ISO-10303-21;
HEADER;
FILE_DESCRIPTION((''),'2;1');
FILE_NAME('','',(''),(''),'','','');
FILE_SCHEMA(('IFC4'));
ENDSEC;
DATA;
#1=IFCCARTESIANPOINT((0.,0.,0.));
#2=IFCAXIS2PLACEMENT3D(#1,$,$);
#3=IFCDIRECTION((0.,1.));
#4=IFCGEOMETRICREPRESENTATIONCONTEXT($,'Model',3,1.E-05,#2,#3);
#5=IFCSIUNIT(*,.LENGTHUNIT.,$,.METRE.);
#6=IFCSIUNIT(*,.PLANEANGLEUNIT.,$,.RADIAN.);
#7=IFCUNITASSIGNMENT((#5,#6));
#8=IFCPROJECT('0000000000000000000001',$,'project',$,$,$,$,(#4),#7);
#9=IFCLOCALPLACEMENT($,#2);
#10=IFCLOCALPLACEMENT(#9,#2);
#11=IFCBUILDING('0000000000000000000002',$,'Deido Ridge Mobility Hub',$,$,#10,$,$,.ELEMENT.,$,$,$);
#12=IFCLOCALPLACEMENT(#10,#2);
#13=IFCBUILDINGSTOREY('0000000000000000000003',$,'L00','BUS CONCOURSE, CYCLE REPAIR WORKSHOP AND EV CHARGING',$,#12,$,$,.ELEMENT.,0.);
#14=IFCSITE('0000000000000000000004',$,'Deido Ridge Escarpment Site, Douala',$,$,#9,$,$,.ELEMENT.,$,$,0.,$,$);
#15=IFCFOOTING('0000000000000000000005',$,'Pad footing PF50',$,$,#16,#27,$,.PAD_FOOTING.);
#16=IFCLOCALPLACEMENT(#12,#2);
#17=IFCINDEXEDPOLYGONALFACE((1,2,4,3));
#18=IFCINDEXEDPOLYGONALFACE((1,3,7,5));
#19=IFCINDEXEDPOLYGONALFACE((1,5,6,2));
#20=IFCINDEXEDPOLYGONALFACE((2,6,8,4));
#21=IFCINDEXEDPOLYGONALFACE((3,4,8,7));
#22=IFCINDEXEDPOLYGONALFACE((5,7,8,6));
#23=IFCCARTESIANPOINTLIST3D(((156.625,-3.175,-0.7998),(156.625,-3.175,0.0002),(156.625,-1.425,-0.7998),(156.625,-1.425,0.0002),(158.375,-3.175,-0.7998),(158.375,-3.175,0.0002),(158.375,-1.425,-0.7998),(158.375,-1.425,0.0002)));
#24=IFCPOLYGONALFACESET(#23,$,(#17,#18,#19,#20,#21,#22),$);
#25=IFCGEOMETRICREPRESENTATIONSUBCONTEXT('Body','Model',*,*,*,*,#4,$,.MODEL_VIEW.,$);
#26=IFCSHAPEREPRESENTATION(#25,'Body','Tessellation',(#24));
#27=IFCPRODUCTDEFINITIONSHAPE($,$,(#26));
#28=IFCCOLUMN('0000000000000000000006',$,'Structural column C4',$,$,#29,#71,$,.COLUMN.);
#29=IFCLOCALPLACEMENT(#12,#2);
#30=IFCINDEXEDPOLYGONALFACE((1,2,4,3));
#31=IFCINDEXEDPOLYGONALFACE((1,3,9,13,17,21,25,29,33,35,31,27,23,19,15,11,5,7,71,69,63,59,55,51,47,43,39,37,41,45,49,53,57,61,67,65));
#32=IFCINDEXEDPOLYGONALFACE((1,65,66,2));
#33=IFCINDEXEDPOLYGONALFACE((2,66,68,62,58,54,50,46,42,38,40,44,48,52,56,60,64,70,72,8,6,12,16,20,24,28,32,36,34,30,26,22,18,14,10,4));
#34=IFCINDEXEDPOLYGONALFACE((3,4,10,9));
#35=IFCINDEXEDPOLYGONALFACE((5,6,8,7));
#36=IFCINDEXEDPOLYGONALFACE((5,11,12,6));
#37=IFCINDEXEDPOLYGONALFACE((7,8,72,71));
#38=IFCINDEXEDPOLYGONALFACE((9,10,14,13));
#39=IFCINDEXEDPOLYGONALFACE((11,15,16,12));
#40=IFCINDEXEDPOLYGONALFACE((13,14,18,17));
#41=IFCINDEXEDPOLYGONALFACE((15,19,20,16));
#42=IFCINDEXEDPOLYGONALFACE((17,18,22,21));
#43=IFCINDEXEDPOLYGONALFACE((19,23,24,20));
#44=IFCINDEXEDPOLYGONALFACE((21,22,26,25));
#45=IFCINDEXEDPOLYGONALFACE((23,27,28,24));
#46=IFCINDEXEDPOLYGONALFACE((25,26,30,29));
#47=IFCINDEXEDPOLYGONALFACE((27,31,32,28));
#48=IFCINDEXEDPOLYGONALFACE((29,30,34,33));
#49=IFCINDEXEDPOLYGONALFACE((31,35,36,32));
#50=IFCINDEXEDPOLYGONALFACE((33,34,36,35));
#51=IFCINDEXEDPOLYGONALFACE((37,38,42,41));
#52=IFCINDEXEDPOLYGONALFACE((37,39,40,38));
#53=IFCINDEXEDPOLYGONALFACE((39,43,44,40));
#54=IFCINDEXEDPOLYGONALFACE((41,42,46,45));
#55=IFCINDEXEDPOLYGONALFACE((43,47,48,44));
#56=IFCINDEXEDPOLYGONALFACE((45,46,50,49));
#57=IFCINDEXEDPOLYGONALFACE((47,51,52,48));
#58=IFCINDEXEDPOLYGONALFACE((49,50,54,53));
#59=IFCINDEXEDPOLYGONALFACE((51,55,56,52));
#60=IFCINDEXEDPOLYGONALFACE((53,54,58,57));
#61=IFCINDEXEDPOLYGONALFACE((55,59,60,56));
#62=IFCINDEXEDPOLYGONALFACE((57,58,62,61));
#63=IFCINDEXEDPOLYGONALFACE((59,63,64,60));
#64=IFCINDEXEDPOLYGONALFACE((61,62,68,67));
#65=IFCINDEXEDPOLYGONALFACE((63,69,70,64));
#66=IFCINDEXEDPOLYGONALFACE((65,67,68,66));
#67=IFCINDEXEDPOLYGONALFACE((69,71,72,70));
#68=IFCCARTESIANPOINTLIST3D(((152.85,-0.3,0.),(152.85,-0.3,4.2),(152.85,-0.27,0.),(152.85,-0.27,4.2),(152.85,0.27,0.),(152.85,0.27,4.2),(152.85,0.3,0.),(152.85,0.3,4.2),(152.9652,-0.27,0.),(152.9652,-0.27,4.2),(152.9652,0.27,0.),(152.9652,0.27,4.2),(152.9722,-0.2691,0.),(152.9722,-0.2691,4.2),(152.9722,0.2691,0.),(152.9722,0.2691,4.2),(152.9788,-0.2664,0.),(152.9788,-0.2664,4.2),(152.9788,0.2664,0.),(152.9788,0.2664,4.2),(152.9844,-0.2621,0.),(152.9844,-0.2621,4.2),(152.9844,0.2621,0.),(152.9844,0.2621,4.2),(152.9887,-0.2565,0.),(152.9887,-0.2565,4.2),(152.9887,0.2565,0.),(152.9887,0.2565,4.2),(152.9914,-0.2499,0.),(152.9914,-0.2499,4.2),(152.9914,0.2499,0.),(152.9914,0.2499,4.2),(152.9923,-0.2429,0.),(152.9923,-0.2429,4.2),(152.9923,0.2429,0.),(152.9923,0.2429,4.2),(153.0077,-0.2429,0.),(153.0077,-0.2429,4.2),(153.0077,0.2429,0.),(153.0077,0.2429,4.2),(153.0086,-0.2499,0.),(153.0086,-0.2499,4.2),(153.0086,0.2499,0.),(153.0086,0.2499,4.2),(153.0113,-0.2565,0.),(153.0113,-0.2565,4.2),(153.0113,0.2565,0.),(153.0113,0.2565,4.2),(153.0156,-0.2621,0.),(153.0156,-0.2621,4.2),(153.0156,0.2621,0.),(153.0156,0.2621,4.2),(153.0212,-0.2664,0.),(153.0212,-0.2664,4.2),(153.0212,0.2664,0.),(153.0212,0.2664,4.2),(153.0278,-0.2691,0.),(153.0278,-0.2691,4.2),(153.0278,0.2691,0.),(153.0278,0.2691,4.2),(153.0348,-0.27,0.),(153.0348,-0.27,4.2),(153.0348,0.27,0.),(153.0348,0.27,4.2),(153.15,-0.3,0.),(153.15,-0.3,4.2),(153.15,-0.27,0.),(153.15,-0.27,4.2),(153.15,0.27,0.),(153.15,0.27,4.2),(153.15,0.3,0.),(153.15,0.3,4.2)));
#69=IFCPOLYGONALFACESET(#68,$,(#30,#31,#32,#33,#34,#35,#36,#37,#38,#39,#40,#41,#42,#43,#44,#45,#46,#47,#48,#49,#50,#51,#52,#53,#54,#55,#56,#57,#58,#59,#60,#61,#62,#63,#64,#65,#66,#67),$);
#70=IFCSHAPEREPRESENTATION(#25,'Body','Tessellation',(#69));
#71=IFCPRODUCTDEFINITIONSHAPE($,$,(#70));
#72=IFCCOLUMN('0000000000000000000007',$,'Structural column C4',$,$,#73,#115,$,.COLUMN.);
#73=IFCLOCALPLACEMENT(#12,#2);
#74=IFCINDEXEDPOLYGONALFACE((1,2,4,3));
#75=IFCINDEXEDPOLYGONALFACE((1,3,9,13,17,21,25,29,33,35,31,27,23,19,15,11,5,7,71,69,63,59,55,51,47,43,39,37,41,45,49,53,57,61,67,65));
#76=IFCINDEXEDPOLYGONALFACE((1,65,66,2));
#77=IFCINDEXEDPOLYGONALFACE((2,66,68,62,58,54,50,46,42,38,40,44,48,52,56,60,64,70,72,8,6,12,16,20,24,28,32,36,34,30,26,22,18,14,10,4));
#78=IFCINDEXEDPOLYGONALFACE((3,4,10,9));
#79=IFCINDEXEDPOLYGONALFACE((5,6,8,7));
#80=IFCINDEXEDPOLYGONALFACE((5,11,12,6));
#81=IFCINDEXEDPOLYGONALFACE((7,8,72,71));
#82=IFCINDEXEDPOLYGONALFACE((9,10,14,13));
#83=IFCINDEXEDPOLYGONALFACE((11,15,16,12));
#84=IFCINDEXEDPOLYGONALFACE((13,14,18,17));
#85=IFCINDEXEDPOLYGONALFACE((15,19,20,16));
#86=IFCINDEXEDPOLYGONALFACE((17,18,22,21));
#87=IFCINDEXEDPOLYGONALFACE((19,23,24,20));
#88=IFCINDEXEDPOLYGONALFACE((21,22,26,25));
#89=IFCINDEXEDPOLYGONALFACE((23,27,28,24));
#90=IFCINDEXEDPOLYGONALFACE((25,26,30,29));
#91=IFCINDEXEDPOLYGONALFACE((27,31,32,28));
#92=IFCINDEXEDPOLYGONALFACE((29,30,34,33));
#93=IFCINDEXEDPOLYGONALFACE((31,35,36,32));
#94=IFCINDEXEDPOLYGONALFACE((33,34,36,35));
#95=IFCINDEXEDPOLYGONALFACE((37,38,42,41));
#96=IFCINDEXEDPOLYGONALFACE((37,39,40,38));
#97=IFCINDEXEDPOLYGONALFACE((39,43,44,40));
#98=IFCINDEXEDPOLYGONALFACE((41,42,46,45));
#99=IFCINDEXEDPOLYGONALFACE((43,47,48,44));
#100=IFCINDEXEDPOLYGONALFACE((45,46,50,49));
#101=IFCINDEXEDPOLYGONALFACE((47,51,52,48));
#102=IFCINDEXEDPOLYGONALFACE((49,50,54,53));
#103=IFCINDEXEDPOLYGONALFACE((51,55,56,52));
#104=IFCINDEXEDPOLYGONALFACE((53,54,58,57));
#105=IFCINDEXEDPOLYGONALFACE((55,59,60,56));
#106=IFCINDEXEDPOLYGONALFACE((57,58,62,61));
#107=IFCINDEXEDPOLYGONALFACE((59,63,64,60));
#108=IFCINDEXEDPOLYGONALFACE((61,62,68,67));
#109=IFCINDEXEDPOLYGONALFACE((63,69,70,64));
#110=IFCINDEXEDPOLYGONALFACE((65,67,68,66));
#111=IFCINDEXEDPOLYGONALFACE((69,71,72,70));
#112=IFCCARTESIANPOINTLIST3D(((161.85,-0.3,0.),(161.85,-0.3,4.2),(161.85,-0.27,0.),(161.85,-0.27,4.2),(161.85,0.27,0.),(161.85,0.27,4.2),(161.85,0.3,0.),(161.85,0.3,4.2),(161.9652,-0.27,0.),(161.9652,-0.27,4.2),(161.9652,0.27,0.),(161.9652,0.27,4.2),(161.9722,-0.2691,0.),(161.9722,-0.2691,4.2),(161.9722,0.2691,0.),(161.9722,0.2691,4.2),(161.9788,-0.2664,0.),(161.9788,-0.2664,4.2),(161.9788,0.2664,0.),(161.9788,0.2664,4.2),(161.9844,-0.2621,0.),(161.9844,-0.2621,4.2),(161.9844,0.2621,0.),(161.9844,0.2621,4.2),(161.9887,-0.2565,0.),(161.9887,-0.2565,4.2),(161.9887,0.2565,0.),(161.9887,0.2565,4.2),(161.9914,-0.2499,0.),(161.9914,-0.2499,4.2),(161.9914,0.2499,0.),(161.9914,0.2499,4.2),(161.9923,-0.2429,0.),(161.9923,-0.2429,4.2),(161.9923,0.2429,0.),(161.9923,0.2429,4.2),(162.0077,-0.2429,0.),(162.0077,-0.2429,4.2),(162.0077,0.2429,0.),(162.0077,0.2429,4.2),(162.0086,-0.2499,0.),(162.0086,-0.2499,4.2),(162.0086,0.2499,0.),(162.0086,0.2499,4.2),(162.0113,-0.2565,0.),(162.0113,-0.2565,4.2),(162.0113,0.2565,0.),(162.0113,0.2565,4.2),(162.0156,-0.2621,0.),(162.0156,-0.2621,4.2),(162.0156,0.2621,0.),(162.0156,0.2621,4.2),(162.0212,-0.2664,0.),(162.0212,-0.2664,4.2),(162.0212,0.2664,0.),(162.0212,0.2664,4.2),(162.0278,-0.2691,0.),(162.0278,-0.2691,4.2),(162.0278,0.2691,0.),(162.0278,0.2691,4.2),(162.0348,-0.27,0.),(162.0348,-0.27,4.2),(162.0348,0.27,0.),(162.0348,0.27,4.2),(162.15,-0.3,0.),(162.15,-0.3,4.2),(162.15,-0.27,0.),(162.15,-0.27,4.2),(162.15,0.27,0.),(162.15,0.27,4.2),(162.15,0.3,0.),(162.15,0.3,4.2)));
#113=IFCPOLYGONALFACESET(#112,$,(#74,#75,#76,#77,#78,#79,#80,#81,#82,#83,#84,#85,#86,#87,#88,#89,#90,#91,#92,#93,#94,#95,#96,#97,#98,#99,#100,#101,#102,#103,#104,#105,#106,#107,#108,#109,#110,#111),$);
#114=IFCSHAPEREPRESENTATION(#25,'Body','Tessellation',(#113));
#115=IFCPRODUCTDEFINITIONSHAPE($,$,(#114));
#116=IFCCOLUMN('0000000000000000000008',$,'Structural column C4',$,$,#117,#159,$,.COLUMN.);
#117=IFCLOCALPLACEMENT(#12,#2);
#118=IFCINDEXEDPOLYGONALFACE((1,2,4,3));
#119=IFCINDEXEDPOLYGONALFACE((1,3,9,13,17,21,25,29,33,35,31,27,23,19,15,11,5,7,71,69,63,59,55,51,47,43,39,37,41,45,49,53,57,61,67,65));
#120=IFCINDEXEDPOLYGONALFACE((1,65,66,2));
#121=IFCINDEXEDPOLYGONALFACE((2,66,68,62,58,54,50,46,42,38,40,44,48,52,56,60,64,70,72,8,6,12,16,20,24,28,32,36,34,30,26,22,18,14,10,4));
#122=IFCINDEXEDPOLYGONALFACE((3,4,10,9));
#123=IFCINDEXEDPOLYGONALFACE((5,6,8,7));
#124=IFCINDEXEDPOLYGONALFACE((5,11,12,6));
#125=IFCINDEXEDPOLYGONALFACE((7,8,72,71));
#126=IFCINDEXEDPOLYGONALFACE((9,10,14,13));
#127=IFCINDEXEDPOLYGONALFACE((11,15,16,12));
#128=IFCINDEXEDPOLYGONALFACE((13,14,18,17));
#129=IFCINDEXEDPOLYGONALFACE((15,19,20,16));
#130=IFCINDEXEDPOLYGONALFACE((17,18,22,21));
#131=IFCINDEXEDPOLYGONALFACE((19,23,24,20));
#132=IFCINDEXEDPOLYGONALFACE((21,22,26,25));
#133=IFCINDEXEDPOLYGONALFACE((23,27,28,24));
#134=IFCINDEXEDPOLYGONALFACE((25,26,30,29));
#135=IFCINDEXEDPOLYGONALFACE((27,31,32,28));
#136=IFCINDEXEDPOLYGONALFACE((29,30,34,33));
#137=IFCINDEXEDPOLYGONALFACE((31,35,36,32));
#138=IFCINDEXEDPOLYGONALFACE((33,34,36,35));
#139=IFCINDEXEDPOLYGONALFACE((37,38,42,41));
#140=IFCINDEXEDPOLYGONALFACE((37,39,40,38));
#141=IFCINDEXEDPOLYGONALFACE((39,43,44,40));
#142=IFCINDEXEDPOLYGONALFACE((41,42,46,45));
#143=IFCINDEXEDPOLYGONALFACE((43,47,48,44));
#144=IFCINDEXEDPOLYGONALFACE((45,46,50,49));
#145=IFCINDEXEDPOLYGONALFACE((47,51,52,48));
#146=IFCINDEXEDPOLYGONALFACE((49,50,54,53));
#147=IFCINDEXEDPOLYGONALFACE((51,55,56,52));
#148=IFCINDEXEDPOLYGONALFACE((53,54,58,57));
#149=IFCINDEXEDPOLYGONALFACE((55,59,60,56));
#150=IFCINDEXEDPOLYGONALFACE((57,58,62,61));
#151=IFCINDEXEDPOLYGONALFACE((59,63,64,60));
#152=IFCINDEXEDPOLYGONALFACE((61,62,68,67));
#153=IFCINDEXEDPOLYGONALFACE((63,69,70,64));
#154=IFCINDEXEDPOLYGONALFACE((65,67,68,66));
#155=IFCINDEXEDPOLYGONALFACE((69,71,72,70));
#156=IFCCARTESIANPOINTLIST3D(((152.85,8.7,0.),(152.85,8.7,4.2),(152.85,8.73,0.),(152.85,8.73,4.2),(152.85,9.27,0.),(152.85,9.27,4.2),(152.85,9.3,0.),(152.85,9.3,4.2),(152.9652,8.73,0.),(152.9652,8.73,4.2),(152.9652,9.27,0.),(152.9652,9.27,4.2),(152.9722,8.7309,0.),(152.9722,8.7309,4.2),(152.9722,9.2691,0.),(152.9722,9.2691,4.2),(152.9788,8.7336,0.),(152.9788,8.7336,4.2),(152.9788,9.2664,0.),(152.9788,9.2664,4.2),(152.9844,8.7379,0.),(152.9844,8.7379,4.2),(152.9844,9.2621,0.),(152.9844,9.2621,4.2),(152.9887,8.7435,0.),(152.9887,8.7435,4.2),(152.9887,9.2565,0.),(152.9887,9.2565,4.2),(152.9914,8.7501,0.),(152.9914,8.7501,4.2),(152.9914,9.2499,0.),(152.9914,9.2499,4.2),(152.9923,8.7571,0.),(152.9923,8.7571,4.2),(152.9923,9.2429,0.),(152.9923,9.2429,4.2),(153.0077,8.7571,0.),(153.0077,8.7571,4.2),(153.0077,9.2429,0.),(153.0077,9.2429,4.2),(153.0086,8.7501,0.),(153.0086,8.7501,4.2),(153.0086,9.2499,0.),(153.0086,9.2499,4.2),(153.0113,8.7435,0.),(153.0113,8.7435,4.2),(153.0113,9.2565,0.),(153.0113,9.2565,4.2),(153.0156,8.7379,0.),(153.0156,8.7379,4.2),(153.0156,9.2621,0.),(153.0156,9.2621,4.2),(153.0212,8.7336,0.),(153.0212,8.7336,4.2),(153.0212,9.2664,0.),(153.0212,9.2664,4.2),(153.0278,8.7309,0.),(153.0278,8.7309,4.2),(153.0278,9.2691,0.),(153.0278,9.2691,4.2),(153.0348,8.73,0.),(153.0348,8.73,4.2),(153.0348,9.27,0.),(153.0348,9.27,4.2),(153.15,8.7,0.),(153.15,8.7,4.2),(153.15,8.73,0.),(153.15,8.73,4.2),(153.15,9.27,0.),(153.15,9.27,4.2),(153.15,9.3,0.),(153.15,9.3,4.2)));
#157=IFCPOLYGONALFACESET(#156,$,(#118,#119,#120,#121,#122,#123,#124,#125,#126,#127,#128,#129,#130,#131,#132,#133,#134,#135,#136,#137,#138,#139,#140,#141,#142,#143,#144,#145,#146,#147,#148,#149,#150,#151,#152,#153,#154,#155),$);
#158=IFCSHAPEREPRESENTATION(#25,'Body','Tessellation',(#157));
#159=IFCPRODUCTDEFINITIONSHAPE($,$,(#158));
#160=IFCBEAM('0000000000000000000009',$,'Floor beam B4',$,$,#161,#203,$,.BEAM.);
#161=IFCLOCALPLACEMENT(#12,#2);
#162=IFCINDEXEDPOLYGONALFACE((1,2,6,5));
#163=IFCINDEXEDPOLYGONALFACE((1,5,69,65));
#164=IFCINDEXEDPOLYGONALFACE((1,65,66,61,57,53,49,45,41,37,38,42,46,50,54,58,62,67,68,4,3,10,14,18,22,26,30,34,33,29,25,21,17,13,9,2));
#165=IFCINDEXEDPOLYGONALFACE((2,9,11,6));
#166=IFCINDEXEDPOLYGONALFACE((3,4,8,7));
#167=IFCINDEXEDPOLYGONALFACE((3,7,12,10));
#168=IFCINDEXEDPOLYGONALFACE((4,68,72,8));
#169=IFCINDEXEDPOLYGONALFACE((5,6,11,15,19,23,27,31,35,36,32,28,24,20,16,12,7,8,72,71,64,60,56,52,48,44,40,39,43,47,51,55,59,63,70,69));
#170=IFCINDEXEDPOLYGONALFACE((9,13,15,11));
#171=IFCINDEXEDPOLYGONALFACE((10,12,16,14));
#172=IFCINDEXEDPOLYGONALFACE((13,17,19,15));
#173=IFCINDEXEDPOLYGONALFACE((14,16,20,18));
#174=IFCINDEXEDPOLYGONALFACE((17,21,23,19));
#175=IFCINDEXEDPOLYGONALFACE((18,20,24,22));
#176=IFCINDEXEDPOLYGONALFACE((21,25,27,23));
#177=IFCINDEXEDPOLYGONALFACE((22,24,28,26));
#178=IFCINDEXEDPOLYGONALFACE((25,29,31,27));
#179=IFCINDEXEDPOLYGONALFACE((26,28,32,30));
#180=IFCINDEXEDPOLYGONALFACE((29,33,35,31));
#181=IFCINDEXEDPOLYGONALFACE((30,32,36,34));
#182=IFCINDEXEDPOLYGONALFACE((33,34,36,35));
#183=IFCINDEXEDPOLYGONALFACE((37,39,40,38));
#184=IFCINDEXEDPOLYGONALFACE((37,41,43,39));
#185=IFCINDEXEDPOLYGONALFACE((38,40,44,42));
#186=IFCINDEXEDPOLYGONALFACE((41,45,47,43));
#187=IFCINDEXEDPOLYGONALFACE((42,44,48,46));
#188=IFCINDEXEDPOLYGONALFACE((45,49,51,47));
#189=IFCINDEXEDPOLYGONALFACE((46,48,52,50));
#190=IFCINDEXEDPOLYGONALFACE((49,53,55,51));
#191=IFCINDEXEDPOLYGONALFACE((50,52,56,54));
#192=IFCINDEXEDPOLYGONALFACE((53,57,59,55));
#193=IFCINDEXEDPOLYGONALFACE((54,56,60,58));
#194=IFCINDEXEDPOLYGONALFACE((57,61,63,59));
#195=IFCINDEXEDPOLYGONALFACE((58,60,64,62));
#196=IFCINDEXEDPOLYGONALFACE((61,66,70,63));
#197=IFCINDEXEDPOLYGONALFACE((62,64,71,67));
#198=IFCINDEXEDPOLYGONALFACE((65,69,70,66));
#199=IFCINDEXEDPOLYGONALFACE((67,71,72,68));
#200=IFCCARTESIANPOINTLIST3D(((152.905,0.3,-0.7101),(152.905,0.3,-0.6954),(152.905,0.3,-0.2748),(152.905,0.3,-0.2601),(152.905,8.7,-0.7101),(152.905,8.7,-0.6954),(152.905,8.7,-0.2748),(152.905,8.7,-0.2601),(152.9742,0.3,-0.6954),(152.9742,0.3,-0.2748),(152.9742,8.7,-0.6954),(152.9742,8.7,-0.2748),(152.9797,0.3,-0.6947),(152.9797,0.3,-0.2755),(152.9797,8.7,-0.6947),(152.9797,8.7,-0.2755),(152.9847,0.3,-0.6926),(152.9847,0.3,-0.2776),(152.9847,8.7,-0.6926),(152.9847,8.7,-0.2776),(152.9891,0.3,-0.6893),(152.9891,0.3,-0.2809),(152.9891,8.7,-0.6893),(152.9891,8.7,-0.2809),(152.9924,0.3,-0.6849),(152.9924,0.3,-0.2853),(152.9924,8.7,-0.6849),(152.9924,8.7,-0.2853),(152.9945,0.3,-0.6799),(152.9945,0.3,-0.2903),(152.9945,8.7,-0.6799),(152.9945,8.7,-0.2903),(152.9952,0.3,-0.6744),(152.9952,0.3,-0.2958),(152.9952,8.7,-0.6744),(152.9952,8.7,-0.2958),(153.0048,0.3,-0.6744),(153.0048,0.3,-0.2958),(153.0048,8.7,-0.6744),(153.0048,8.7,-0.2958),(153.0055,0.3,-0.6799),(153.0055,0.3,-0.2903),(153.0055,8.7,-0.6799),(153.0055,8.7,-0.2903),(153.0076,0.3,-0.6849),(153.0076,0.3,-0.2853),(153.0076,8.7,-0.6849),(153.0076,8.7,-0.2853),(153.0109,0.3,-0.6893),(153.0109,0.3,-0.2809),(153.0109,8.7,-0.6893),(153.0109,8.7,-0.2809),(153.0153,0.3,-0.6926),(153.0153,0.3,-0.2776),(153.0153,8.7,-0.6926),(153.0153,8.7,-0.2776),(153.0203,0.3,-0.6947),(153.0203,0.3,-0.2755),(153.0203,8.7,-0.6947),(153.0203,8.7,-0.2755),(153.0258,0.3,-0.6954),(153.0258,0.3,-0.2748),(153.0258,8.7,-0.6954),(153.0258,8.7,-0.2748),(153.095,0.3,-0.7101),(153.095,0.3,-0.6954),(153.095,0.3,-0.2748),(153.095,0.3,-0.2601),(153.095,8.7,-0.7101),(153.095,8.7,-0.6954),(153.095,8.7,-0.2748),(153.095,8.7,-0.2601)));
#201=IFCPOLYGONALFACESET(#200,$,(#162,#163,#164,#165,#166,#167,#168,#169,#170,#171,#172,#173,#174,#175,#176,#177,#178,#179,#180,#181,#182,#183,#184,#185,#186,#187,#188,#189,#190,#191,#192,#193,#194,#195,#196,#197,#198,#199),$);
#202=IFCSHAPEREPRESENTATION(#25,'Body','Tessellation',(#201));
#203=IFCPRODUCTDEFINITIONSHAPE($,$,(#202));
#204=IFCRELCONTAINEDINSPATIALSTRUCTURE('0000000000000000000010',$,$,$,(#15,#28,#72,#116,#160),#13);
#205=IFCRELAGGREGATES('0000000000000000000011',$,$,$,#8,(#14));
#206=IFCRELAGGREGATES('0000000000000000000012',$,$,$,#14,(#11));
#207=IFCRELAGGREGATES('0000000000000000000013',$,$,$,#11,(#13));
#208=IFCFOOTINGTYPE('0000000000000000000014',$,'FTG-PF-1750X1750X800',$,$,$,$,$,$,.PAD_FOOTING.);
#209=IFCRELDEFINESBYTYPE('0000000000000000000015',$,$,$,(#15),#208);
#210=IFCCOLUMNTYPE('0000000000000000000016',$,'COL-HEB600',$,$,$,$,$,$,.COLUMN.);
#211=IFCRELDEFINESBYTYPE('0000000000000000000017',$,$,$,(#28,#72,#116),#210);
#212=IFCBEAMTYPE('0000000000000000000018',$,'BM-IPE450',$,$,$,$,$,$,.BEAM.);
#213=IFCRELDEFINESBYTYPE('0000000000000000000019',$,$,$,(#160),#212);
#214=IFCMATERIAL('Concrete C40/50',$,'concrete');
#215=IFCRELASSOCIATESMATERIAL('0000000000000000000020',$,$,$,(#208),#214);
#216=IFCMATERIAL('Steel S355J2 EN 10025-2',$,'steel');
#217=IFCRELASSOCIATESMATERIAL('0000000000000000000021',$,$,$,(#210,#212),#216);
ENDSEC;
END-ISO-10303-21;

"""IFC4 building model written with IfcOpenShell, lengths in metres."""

from ifc_helpers import new_model, si_unit, direction, frame, origin, origin_2d, place, context, subcontext, project, spatial, rectangle, i_section, extrude, material, material_profile, profile_set, type_object, element, save


model = new_model("IFC4")

# Units and contexts
model_context = context("Model", 3, precision=1e-05, world=origin(), true_north=direction((0.0, 1.0)))
body_context = subcontext(model_context, "Body", "Model", "MODEL_VIEW")
ifc_project = project(units=[si_unit("LENGTHUNIT", "METRE"), si_unit("PLANEANGLEUNIT", "RADIAN")], contexts=[model_context])

# Site, building, storey
site_placement = place(None, origin())
site = spatial("IfcSite", under=ifc_project, at=site_placement, Name="Deido Ridge Escarpment Site, Douala", CompositionType="ELEMENT", RefElevation=0.0)
building_placement = place(site_placement, origin())
building = spatial("IfcBuilding", under=site, at=building_placement, Name="Deido Ridge Mobility Hub", CompositionType="ELEMENT")
storey_placement = place(building_placement, origin())
storey = spatial("IfcBuildingStorey", under=building, at=storey_placement, Name="L00", Description="BUS CONCOURSE, CYCLE REPAIR WORKSHOP AND EV CHARGING", CompositionType="ELEMENT", Elevation=0.0)

# Footing
ifc_material_1 = material(Name="Concrete C40/50", Category="concrete")
footing_type = type_object("IfcFootingType", Name="FTG-PF-1750X1750X800", PredefinedType="PAD_FOOTING", material=ifc_material_1)
footing_placement = place(storey_placement, frame((157.5, -2.3, -0.7998), z_axis=(0.0, 0.0, 1.0), x_axis=(1.0, 0.0, 0.0)))
element("IfcFooting", 1, at=footing_placement, inside=storey, type_object=footing_type, Name="Pad footing PF50", PredefinedType="PAD_FOOTING", context=body_context, shape_type="SweptSolid", body=[
    extrude(rectangle(XDim=1.75, YDim=1.75, at=origin_2d()), origin(), (0.0, 0.0, 1.0), 0.8),
])

# Columns
ifc_material_2 = material(Name="Steel S355J2 EN 10025-2", Category="steel")
ifc_material_profile_1 = material_profile(ifc_material_2, i_section(OverallWidth=0.3, OverallDepth=0.6001, WebThickness=0.0154, FlangeThickness=0.03, FilletRadius=0.0271, at=origin_2d()), Name="HEB 600")
ifc_profile_set_1 = profile_set([ifc_material_profile_1], Name="Steel S355J2 EN 10025-2")
column_type = type_object("IfcColumnType", Name="COL-HEB600", PredefinedType="COLUMN", material=ifc_profile_set_1)
for number, where, z_axis, x_axis, name in (
    (2, (153.0, 0.0, 0.0), (0.0, 0.0, 1.0), (1.0, 0.0, 0.0), "Structural column C4"),
    (3, (162.0, 0.0, 0.0), (0.0, 0.0, 1.0), (1.0, 0.0, 0.0), "Structural column C4"),
    (4, (153.0, 9.0, 0.0), (0.0, 0.0, 1.0), (1.0, 0.0, 0.0), "Structural column C4"),
):
    element("IfcColumn", number, at=place(storey_placement, frame(where, z_axis=z_axis, x_axis=x_axis)), inside=storey, type_object=column_type, Name=name, PredefinedType="COLUMN", context=body_context, shape_type="SweptSolid", body=[
        extrude(i_section(OverallWidth=0.3, OverallDepth=0.6001, WebThickness=0.0154, FlangeThickness=0.03, FilletRadius=0.0271, at=origin_2d()), origin(), (0.0, 0.0, 1.0), 4.2),
    ])

# Beam
ifc_material_profile_2 = material_profile(ifc_material_2, i_section(OverallWidth=0.1899, OverallDepth=0.45, WebThickness=0.0095, FlangeThickness=0.0146, FilletRadius=0.021, at=origin_2d()), Name="IPE 450")
ifc_profile_set_2 = profile_set([ifc_material_profile_2], Name="Steel S355J2 EN 10025-2")
beam_type_1 = type_object("IfcBeamType", Name="BM-IPE450", PredefinedType="BEAM", material=ifc_profile_set_2)
for number, where, z_axis, x_axis, name in (
    (5, (153.0, 0.3, -0.4851), (0.0, 1.0, 0.0), (-1.0, 0.0, 0.0), "Floor beam B4"),
):
    element("IfcBeam", number, at=place(storey_placement, frame(where, z_axis=z_axis, x_axis=x_axis)), inside=storey, type_object=beam_type_1, Name=name, PredefinedType="BEAM", context=body_context, shape_type="SweptSolid", body=[
        extrude(i_section(OverallWidth=0.1899, OverallDepth=0.45, WebThickness=0.0095, FlangeThickness=0.0146, FilletRadius=0.021, at=origin_2d()), origin(), (0.0, 0.0, 1.0), 8.3999),
    ])

save(model, "model.ifc")
